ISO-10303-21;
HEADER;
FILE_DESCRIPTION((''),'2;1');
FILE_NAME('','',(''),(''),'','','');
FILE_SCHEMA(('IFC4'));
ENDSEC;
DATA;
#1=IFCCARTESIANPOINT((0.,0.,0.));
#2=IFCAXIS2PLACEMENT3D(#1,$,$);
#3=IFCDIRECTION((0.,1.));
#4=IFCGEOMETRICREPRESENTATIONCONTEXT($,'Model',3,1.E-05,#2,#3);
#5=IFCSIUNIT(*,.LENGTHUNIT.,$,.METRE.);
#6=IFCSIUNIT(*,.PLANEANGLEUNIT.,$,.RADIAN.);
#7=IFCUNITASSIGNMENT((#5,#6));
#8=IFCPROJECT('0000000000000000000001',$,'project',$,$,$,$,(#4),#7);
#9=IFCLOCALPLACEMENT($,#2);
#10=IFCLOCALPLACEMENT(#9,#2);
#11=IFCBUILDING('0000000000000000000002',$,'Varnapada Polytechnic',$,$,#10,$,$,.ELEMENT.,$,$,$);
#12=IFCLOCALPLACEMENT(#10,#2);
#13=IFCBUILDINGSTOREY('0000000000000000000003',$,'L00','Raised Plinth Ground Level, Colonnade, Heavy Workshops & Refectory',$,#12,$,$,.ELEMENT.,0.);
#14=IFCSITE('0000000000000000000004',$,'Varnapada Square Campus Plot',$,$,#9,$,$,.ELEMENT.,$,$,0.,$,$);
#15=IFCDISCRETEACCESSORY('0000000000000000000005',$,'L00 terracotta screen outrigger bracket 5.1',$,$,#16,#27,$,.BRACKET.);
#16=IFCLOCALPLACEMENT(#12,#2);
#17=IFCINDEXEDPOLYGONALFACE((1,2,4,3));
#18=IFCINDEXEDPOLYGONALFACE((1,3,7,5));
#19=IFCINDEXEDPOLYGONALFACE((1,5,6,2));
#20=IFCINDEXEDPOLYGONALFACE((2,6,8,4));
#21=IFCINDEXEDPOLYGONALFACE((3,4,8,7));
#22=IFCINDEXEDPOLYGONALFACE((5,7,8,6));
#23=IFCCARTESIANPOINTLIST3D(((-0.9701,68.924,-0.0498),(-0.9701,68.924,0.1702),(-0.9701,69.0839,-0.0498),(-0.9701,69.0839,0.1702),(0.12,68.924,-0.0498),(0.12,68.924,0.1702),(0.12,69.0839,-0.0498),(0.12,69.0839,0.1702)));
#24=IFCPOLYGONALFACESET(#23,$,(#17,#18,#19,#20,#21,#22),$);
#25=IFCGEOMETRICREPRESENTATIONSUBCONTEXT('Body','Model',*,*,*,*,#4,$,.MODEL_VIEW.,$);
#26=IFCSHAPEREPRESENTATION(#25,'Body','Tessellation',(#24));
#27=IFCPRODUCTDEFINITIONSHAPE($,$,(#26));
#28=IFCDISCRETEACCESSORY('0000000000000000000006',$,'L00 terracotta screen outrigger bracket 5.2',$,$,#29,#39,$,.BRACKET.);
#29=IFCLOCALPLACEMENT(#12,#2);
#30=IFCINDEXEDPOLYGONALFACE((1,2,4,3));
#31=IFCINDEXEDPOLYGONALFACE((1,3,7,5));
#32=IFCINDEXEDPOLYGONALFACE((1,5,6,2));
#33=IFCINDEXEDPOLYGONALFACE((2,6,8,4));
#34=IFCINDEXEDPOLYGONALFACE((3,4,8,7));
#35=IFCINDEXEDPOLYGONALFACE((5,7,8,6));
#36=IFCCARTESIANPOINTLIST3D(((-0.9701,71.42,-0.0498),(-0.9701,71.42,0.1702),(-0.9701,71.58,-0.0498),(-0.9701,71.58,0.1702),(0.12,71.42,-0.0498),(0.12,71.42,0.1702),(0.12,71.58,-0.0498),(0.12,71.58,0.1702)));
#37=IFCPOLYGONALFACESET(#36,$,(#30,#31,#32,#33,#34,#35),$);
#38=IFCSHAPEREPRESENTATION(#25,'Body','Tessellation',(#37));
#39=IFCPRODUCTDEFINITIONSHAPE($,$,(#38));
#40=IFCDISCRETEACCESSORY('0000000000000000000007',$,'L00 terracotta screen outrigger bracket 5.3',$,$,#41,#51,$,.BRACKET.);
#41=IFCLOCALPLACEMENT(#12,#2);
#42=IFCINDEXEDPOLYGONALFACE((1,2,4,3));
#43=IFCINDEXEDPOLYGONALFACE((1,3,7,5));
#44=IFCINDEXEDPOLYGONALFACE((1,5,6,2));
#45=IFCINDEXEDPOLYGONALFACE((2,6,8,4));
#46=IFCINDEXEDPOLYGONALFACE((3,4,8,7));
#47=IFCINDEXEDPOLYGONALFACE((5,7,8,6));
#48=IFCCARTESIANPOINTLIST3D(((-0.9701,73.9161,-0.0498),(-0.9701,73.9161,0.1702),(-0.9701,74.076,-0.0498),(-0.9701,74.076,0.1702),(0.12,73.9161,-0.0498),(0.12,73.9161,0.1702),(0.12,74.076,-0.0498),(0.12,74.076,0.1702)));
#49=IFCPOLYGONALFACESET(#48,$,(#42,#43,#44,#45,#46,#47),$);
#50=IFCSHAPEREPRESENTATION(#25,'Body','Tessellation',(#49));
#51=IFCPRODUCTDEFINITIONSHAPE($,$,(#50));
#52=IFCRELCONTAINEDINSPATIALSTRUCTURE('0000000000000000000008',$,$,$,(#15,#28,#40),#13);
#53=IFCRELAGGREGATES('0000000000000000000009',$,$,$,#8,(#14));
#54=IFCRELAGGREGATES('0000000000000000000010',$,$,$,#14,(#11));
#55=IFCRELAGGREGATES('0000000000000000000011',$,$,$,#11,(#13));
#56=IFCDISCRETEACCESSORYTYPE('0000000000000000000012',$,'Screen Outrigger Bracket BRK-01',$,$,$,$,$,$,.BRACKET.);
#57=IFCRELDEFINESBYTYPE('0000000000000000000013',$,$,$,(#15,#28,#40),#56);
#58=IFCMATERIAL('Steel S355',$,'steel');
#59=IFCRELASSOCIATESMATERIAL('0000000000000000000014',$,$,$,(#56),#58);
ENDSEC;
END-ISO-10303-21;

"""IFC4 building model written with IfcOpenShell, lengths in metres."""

from ifc_helpers import new_model, si_unit, direction, frame, origin, origin_2d, place, context, subcontext, project, spatial, rectangle, extrude, material, type_object, element, save


model = new_model("IFC4")

# Units and contexts
model_context = context("Model", 3, precision=1e-05, world=origin(), true_north=direction((0.0, 1.0)))
body_context = subcontext(model_context, "Body", "Model", "MODEL_VIEW")
ifc_project = project(units=[si_unit("LENGTHUNIT", "METRE"), si_unit("PLANEANGLEUNIT", "RADIAN")], contexts=[model_context])

# Site, building, storey
site_placement = place(None, origin())
site = spatial("IfcSite", under=ifc_project, at=site_placement, Name="Varnapada Square Campus Plot", CompositionType="ELEMENT", RefElevation=0.0)
building_placement = place(site_placement, origin())
building = spatial("IfcBuilding", under=site, at=building_placement, Name="Varnapada Polytechnic", CompositionType="ELEMENT")
storey_placement = place(building_placement, origin())
storey = spatial("IfcBuildingStorey", under=building, at=storey_placement, Name="L00", Description="Raised Plinth Ground Level, Colonnade, Heavy Workshops & Refectory", CompositionType="ELEMENT", Elevation=0.0)

# Discrete accessories
ifc_material_1 = material(Name="Steel S355", Category="steel")
discrete_accessory_type = type_object("IfcDiscreteAccessoryType", Name="Screen Outrigger Bracket BRK-01", PredefinedType="BRACKET", material=ifc_material_1)
for number, where, z_axis, x_axis, name in (
    (1, (-0.425, 69.0039, -0.0498), (0.0, 0.0, 1.0), (0.0, 1.0, 0.0), "L00 terracotta screen outrigger bracket 5.1"),
    (2, (-0.425, 71.5, -0.0498), (0.0, 0.0, 1.0), (0.0, 1.0, 0.0), "L00 terracotta screen outrigger bracket 5.2"),
    (3, (-0.425, 73.9961, -0.0498), (0.0, 0.0, 1.0), (0.0, 1.0, 0.0), "L00 terracotta screen outrigger bracket 5.3"),
):
    element("IfcDiscreteAccessory", number, at=place(storey_placement, frame(where, z_axis=z_axis, x_axis=x_axis)), inside=storey, type_object=discrete_accessory_type, Name=name, PredefinedType="BRACKET", context=body_context, shape_type="SweptSolid", body=[
        extrude(rectangle(XDim=0.1599, YDim=1.0901, at=origin_2d()), origin(), (0.0, 0.0, 1.0), 0.22),
    ])

save(model, "model.ifc")
